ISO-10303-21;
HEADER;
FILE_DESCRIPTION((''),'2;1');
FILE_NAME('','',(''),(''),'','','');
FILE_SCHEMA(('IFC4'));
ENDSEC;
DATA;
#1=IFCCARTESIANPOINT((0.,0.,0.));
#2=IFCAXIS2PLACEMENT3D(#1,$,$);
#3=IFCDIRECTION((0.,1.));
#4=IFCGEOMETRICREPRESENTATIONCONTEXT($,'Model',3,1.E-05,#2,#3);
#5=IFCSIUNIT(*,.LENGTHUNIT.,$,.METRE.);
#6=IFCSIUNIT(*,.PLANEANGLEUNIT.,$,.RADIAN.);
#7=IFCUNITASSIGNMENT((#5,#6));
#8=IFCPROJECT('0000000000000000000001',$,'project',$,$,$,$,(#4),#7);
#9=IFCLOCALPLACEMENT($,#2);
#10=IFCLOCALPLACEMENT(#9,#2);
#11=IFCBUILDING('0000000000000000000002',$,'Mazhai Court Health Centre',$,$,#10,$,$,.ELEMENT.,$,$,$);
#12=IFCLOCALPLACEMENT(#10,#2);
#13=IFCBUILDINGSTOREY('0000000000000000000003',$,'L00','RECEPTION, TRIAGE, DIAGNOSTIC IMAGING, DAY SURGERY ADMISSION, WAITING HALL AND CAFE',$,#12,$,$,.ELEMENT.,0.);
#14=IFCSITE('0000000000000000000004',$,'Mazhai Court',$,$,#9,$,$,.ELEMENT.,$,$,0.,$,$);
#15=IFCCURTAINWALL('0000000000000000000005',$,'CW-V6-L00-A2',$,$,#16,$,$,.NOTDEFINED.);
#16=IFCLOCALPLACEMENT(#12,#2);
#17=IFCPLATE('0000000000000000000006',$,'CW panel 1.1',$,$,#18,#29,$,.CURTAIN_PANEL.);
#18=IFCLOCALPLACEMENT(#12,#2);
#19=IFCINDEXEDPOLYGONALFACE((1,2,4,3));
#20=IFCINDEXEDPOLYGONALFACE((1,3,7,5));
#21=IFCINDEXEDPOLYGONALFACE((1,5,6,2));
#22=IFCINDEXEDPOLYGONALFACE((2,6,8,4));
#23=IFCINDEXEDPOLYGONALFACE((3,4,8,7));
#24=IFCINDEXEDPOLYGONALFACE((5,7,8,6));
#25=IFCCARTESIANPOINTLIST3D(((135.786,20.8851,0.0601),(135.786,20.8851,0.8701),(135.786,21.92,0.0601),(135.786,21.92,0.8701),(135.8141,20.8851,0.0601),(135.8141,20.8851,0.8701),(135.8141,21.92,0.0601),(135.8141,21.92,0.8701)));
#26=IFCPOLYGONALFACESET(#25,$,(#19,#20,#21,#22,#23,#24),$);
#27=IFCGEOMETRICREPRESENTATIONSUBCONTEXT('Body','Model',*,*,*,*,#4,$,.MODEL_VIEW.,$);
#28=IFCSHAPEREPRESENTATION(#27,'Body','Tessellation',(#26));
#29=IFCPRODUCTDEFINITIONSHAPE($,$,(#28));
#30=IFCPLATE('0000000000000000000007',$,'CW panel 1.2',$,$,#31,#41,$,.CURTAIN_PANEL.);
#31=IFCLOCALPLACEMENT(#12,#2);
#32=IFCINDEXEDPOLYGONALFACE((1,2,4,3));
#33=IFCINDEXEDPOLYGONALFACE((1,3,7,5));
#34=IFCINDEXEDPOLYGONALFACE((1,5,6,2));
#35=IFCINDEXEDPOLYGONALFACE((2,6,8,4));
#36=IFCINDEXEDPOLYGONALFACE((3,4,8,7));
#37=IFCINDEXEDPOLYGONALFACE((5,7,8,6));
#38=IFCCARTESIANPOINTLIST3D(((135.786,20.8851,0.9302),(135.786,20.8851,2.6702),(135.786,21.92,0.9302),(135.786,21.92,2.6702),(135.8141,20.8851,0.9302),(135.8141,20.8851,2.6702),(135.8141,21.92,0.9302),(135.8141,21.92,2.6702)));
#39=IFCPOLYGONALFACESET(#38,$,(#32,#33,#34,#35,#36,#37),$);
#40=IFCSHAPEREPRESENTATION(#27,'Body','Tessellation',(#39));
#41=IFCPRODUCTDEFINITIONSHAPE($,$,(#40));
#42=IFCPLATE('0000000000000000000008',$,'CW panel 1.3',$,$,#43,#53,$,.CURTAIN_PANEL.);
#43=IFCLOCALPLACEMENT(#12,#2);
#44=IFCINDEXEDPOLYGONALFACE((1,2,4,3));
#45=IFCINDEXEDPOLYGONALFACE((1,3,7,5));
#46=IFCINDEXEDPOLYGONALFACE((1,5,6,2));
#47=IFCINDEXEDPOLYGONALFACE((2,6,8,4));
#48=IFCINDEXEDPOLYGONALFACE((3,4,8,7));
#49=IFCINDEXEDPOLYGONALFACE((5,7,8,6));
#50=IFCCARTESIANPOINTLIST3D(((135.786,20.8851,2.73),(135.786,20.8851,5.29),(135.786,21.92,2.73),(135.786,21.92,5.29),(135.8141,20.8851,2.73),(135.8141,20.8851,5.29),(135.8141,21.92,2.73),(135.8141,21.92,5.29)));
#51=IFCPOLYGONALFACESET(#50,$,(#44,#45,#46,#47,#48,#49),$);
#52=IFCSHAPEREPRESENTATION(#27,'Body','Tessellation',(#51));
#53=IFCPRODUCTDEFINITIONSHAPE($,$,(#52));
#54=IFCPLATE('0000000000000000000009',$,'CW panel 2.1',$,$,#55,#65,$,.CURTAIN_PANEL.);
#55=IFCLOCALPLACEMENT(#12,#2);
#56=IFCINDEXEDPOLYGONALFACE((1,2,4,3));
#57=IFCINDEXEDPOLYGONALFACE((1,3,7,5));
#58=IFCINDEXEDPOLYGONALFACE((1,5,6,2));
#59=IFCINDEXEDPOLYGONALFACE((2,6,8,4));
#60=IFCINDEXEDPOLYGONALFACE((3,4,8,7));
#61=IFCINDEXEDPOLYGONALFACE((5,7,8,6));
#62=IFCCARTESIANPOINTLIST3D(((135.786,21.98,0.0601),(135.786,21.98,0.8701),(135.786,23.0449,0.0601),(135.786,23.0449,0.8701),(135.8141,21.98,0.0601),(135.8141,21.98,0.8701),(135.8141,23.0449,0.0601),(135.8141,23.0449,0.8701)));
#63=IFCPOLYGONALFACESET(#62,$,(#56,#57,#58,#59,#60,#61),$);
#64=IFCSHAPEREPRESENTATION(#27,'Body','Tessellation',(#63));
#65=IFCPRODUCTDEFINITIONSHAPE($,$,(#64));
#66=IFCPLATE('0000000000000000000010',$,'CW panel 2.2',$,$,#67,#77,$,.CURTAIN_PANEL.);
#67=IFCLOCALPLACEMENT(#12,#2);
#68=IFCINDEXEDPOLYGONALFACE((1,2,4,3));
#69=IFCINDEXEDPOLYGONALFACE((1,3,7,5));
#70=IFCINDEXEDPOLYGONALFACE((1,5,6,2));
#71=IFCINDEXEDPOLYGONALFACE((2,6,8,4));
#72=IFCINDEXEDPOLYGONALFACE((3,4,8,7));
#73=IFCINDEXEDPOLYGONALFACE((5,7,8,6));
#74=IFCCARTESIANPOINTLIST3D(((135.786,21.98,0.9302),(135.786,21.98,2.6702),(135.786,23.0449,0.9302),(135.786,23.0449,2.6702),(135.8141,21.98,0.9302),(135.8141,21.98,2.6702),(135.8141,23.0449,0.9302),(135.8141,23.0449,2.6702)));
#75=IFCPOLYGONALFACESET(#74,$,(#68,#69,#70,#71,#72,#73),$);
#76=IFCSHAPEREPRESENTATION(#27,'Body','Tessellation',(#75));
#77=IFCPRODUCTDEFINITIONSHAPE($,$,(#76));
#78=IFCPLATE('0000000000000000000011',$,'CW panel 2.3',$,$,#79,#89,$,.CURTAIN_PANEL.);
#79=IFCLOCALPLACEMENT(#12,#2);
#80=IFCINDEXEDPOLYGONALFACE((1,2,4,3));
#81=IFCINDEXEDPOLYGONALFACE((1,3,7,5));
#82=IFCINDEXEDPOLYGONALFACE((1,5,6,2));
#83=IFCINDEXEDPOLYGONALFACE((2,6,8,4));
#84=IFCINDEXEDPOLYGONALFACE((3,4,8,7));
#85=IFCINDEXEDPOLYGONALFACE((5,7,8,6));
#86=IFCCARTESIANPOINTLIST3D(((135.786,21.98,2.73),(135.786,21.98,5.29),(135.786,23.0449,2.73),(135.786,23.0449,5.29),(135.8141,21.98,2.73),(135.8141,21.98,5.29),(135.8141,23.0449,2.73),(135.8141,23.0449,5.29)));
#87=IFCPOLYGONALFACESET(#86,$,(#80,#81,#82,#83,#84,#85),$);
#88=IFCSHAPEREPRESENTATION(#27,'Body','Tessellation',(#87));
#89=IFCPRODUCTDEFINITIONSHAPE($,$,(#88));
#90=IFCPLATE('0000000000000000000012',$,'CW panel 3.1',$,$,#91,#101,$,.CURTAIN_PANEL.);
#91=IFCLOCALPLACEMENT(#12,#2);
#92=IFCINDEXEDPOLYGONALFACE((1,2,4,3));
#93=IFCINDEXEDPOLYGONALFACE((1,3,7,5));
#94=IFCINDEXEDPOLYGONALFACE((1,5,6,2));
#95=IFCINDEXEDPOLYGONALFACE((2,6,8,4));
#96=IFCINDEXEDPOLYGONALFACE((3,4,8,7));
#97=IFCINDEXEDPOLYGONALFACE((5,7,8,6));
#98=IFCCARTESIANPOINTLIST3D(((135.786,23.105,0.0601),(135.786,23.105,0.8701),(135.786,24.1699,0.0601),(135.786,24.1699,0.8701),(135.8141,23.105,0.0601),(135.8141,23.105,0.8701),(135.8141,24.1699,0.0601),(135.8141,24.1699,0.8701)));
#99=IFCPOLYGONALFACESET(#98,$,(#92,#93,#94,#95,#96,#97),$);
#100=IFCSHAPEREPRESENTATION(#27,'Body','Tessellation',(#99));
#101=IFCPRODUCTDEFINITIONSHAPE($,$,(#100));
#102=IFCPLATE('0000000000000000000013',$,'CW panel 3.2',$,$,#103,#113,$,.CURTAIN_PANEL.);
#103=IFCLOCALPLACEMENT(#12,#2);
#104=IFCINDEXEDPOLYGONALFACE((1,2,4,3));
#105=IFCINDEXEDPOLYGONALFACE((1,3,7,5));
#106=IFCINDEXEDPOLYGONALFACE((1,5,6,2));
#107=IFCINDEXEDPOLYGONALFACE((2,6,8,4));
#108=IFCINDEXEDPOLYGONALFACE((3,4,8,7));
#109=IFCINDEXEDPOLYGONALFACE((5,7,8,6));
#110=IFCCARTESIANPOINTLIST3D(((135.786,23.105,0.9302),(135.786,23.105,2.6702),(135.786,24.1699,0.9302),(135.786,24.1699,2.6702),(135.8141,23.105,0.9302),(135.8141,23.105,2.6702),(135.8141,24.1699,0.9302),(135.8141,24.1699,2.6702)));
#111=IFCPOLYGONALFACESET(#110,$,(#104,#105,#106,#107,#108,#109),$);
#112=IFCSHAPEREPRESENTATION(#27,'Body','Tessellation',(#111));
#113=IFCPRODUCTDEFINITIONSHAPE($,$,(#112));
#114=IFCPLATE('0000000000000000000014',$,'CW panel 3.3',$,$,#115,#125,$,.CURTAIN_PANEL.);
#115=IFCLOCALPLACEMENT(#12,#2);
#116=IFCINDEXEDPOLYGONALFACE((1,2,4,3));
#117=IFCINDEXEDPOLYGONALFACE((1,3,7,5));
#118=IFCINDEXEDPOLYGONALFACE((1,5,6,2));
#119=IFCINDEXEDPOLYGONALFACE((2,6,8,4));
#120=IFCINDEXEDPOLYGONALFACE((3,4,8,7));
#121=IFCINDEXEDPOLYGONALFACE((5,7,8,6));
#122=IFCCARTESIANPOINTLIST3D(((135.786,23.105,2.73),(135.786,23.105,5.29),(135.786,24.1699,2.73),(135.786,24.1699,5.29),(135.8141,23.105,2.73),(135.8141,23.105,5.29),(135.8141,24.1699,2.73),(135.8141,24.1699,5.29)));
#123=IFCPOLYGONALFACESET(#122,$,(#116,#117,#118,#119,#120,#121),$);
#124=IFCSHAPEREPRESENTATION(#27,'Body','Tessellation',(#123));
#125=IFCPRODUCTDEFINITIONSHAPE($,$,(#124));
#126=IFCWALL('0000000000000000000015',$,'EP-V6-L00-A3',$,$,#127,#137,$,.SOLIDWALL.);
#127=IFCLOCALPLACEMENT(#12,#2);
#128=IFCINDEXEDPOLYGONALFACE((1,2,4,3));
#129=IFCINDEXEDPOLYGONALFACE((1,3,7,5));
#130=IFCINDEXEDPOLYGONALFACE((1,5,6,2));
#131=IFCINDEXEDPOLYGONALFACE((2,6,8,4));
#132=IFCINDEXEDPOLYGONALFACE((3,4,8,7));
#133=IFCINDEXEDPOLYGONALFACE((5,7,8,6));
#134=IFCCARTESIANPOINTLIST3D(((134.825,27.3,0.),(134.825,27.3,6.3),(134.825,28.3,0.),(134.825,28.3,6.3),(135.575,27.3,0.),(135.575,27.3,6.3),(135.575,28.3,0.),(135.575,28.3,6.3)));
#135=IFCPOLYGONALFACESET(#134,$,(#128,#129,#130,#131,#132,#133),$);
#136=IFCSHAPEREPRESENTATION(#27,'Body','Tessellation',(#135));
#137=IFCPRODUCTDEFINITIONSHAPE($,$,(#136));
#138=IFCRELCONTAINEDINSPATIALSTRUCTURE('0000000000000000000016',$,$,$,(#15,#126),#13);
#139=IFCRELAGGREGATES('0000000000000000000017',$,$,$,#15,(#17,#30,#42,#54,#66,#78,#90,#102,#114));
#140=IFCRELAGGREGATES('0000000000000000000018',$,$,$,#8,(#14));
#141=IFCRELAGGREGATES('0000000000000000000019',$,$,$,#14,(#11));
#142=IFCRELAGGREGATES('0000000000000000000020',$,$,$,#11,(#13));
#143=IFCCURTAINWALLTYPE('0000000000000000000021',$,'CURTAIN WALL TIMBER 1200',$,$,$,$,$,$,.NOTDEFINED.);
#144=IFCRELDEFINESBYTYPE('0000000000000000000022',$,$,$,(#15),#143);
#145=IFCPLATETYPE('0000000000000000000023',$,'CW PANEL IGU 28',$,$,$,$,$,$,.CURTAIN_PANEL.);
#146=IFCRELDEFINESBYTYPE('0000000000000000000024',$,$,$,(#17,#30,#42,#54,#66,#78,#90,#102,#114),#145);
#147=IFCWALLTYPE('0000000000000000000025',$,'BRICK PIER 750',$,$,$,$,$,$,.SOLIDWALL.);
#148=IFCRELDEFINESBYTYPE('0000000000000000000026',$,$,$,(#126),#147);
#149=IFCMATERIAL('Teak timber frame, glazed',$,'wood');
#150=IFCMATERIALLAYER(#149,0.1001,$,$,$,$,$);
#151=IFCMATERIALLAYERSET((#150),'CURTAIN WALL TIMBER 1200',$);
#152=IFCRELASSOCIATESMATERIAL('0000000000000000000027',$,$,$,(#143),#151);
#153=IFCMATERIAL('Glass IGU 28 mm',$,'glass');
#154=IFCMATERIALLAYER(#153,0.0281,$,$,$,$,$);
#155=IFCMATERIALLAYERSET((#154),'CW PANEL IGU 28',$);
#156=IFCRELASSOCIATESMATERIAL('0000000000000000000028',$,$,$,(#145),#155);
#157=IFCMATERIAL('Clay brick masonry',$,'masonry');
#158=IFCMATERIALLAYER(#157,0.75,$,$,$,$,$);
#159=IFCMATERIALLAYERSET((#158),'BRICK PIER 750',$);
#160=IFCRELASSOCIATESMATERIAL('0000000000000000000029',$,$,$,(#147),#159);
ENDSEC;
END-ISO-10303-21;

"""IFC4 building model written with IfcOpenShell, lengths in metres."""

from ifc_helpers import new_model, si_unit, direction, frame, frame_2d, origin, origin_2d, place, context, subcontext, project, spatial, rectangle, extrude, material, layer, layer_set, type_object, element, aggregate, save


model = new_model("IFC4")

# Units and contexts
model_context = context("Model", 3, precision=1e-05, world=origin(), true_north=direction((0.0, 1.0)))
body_context = subcontext(model_context, "Body", "Model", "MODEL_VIEW")
ifc_project = project(units=[si_unit("LENGTHUNIT", "METRE"), si_unit("PLANEANGLEUNIT", "RADIAN")], contexts=[model_context])

# Site, building, storey
site_placement = place(None, origin())
site = spatial("IfcSite", under=ifc_project, at=site_placement, Name="Mazhai Court", CompositionType="ELEMENT", RefElevation=0.0)
building_placement = place(site_placement, origin())
building = spatial("IfcBuilding", under=site, at=building_placement, Name="Mazhai Court Health Centre", CompositionType="ELEMENT")
storey_placement = place(building_placement, origin())
storey = spatial("IfcBuildingStorey", under=building, at=storey_placement, Name="L00", Description="RECEPTION, TRIAGE, DIAGNOSTIC IMAGING, DAY SURGERY ADMISSION, WAITING HALL AND CAFE", CompositionType="ELEMENT", Elevation=0.0)

# Curtain wall, plates
ifc_material_1 = material(Name="Teak timber frame, glazed", Category="wood")
ifc_layer_1 = layer(ifc_material_1, 0.1001)
ifc_layer_set_1 = layer_set([ifc_layer_1], Name="CURTAIN WALL TIMBER 1200")
curtain_wall_type = type_object("IfcCurtainWallType", Name="CURTAIN WALL TIMBER 1200", PredefinedType="NOTDEFINED", material=ifc_layer_set_1)
curtain_wall_placement = place(storey_placement, origin())
curtain_wall = element("IfcCurtainWall", 1, at=curtain_wall_placement, inside=storey, type_object=curtain_wall_type, Name="CW-V6-L00-A2", PredefinedType="NOTDEFINED")
ifc_material_2 = material(Name="Glass IGU 28 mm", Category="glass")
ifc_layer_2 = layer(ifc_material_2, 0.0281)
ifc_layer_set_2 = layer_set([ifc_layer_2], Name="CW PANEL IGU 28")
plate_type = type_object("IfcPlateType", Name="CW PANEL IGU 28", PredefinedType="CURTAIN_PANEL", material=ifc_layer_set_2)
plate_1_placement = place(storey_placement, frame((135.8, 21.4026, 0.0601), z_axis=(0.0, 0.0, 1.0), x_axis=(0.0, 1.0, 0.0)))
plate_1 = element("IfcPlate", 2, at=plate_1_placement, type_object=plate_type, Name="CW panel 1.1", PredefinedType="CURTAIN_PANEL", context=body_context, shape_type="SweptSolid", body=[
    extrude(rectangle(XDim=1.0349, YDim=0.0281, at=origin_2d()), origin(), (0.0, 0.0, 1.0), 0.8101),
])
plate_2_placement = place(storey_placement, frame((135.8, 21.4026, 0.9302), z_axis=(0.0, 0.0, 1.0), x_axis=(0.0, 1.0, 0.0)))
plate_2 = element("IfcPlate", 3, at=plate_2_placement, type_object=plate_type, Name="CW panel 1.2", PredefinedType="CURTAIN_PANEL", context=body_context, shape_type="SweptSolid", body=[
    extrude(rectangle(XDim=1.0349, YDim=0.0281, at=origin_2d()), origin(), (0.0, 0.0, 1.0), 1.74),
])
plate_3_placement = place(storey_placement, frame((135.8, 21.4026, 2.73), z_axis=(0.0, 0.0, 1.0), x_axis=(0.0, 1.0, 0.0)))
plate_3 = element("IfcPlate", 4, at=plate_3_placement, type_object=plate_type, Name="CW panel 1.3", PredefinedType="CURTAIN_PANEL", context=body_context, shape_type="SweptSolid", body=[
    extrude(rectangle(XDim=1.0349, YDim=0.0281, at=origin_2d()), origin(), (0.0, 0.0, 1.0), 2.5601),
])
plate_4_placement = place(storey_placement, frame((135.8, 22.5125, 0.0601), z_axis=(0.0, 0.0, 1.0), x_axis=(0.0, 1.0, 0.0)))
plate_4 = element("IfcPlate", 5, at=plate_4_placement, type_object=plate_type, Name="CW panel 2.1", PredefinedType="CURTAIN_PANEL", context=body_context, shape_type="SweptSolid", body=[
    extrude(rectangle(XDim=1.0649, YDim=0.0281, at=origin_2d()), origin(), (0.0, 0.0, 1.0), 0.8101),
])
plate_5_placement = place(storey_placement, frame((135.8, 22.5125, 0.9302), z_axis=(0.0, 0.0, 1.0), x_axis=(0.0, 1.0, 0.0)))
plate_5 = element("IfcPlate", 6, at=plate_5_placement, type_object=plate_type, Name="CW panel 2.2", PredefinedType="CURTAIN_PANEL", context=body_context, shape_type="SweptSolid", body=[
    extrude(rectangle(XDim=1.0649, YDim=0.0281, at=origin_2d()), origin(), (0.0, 0.0, 1.0), 1.74),
])
plate_6_placement = place(storey_placement, frame((135.8, 22.5125, 2.73), z_axis=(0.0, 0.0, 1.0), x_axis=(0.0, 1.0, 0.0)))
plate_6 = element("IfcPlate", 7, at=plate_6_placement, type_object=plate_type, Name="CW panel 2.3", PredefinedType="CURTAIN_PANEL", context=body_context, shape_type="SweptSolid", body=[
    extrude(rectangle(XDim=1.0649, YDim=0.0281, at=origin_2d()), origin(), (0.0, 0.0, 1.0), 2.5601),
])
plate_7_placement = place(storey_placement, frame((135.8, 23.6375, 0.0601), z_axis=(0.0, 0.0, 1.0), x_axis=(0.0, 1.0, 0.0)))
plate_7 = element("IfcPlate", 8, at=plate_7_placement, type_object=plate_type, Name="CW panel 3.1", PredefinedType="CURTAIN_PANEL", context=body_context, shape_type="SweptSolid", body=[
    extrude(rectangle(XDim=1.0649, YDim=0.0281, at=origin_2d()), origin(), (0.0, 0.0, 1.0), 0.8101),
])
plate_8_placement = place(storey_placement, frame((135.8, 23.6375, 0.9302), z_axis=(0.0, 0.0, 1.0), x_axis=(0.0, 1.0, 0.0)))
plate_8 = element("IfcPlate", 9, at=plate_8_placement, type_object=plate_type, Name="CW panel 3.2", PredefinedType="CURTAIN_PANEL", context=body_context, shape_type="SweptSolid", body=[
    extrude(rectangle(XDim=1.0649, YDim=0.0281, at=origin_2d()), origin(), (0.0, 0.0, 1.0), 1.74),
])
plate_9_placement = place(storey_placement, frame((135.8, 23.6375, 2.73), z_axis=(0.0, 0.0, 1.0), x_axis=(0.0, 1.0, 0.0)))
plate_9 = element("IfcPlate", 10, at=plate_9_placement, type_object=plate_type, Name="CW panel 3.3", PredefinedType="CURTAIN_PANEL", context=body_context, shape_type="SweptSolid", body=[
    extrude(rectangle(XDim=1.0649, YDim=0.0281, at=origin_2d()), origin(), (0.0, 0.0, 1.0), 2.5601),
])
aggregate(curtain_wall, [plate_1, plate_2, plate_3, plate_4, plate_5, plate_6, plate_7, plate_8, plate_9])

# Wall
ifc_material_3 = material(Name="Clay brick masonry", Category="masonry")
ifc_layer_3 = layer(ifc_material_3, 0.75)
ifc_layer_set_3 = layer_set([ifc_layer_3], Name="BRICK PIER 750")
wall_type = type_object("IfcWallType", Name="BRICK PIER 750", PredefinedType="SOLIDWALL", material=ifc_layer_set_3)
wall_placement = place(storey_placement, frame((135.2, 27.3, 0.0), z_axis=(0.0, 0.0, 1.0), x_axis=(0.0, 1.0, 0.0)))
element("IfcWall", 11, at=wall_placement, inside=storey, type_object=wall_type, Name="EP-V6-L00-A3", PredefinedType="SOLIDWALL", context=body_context, shape_type="SweptSolid", body=[
    extrude(rectangle(XDim=1.0, YDim=0.75, at=frame_2d((0.5, 0.0))), origin(), (0.0, 0.0, 1.0), 6.3),
])

save(model, "model.ifc")
